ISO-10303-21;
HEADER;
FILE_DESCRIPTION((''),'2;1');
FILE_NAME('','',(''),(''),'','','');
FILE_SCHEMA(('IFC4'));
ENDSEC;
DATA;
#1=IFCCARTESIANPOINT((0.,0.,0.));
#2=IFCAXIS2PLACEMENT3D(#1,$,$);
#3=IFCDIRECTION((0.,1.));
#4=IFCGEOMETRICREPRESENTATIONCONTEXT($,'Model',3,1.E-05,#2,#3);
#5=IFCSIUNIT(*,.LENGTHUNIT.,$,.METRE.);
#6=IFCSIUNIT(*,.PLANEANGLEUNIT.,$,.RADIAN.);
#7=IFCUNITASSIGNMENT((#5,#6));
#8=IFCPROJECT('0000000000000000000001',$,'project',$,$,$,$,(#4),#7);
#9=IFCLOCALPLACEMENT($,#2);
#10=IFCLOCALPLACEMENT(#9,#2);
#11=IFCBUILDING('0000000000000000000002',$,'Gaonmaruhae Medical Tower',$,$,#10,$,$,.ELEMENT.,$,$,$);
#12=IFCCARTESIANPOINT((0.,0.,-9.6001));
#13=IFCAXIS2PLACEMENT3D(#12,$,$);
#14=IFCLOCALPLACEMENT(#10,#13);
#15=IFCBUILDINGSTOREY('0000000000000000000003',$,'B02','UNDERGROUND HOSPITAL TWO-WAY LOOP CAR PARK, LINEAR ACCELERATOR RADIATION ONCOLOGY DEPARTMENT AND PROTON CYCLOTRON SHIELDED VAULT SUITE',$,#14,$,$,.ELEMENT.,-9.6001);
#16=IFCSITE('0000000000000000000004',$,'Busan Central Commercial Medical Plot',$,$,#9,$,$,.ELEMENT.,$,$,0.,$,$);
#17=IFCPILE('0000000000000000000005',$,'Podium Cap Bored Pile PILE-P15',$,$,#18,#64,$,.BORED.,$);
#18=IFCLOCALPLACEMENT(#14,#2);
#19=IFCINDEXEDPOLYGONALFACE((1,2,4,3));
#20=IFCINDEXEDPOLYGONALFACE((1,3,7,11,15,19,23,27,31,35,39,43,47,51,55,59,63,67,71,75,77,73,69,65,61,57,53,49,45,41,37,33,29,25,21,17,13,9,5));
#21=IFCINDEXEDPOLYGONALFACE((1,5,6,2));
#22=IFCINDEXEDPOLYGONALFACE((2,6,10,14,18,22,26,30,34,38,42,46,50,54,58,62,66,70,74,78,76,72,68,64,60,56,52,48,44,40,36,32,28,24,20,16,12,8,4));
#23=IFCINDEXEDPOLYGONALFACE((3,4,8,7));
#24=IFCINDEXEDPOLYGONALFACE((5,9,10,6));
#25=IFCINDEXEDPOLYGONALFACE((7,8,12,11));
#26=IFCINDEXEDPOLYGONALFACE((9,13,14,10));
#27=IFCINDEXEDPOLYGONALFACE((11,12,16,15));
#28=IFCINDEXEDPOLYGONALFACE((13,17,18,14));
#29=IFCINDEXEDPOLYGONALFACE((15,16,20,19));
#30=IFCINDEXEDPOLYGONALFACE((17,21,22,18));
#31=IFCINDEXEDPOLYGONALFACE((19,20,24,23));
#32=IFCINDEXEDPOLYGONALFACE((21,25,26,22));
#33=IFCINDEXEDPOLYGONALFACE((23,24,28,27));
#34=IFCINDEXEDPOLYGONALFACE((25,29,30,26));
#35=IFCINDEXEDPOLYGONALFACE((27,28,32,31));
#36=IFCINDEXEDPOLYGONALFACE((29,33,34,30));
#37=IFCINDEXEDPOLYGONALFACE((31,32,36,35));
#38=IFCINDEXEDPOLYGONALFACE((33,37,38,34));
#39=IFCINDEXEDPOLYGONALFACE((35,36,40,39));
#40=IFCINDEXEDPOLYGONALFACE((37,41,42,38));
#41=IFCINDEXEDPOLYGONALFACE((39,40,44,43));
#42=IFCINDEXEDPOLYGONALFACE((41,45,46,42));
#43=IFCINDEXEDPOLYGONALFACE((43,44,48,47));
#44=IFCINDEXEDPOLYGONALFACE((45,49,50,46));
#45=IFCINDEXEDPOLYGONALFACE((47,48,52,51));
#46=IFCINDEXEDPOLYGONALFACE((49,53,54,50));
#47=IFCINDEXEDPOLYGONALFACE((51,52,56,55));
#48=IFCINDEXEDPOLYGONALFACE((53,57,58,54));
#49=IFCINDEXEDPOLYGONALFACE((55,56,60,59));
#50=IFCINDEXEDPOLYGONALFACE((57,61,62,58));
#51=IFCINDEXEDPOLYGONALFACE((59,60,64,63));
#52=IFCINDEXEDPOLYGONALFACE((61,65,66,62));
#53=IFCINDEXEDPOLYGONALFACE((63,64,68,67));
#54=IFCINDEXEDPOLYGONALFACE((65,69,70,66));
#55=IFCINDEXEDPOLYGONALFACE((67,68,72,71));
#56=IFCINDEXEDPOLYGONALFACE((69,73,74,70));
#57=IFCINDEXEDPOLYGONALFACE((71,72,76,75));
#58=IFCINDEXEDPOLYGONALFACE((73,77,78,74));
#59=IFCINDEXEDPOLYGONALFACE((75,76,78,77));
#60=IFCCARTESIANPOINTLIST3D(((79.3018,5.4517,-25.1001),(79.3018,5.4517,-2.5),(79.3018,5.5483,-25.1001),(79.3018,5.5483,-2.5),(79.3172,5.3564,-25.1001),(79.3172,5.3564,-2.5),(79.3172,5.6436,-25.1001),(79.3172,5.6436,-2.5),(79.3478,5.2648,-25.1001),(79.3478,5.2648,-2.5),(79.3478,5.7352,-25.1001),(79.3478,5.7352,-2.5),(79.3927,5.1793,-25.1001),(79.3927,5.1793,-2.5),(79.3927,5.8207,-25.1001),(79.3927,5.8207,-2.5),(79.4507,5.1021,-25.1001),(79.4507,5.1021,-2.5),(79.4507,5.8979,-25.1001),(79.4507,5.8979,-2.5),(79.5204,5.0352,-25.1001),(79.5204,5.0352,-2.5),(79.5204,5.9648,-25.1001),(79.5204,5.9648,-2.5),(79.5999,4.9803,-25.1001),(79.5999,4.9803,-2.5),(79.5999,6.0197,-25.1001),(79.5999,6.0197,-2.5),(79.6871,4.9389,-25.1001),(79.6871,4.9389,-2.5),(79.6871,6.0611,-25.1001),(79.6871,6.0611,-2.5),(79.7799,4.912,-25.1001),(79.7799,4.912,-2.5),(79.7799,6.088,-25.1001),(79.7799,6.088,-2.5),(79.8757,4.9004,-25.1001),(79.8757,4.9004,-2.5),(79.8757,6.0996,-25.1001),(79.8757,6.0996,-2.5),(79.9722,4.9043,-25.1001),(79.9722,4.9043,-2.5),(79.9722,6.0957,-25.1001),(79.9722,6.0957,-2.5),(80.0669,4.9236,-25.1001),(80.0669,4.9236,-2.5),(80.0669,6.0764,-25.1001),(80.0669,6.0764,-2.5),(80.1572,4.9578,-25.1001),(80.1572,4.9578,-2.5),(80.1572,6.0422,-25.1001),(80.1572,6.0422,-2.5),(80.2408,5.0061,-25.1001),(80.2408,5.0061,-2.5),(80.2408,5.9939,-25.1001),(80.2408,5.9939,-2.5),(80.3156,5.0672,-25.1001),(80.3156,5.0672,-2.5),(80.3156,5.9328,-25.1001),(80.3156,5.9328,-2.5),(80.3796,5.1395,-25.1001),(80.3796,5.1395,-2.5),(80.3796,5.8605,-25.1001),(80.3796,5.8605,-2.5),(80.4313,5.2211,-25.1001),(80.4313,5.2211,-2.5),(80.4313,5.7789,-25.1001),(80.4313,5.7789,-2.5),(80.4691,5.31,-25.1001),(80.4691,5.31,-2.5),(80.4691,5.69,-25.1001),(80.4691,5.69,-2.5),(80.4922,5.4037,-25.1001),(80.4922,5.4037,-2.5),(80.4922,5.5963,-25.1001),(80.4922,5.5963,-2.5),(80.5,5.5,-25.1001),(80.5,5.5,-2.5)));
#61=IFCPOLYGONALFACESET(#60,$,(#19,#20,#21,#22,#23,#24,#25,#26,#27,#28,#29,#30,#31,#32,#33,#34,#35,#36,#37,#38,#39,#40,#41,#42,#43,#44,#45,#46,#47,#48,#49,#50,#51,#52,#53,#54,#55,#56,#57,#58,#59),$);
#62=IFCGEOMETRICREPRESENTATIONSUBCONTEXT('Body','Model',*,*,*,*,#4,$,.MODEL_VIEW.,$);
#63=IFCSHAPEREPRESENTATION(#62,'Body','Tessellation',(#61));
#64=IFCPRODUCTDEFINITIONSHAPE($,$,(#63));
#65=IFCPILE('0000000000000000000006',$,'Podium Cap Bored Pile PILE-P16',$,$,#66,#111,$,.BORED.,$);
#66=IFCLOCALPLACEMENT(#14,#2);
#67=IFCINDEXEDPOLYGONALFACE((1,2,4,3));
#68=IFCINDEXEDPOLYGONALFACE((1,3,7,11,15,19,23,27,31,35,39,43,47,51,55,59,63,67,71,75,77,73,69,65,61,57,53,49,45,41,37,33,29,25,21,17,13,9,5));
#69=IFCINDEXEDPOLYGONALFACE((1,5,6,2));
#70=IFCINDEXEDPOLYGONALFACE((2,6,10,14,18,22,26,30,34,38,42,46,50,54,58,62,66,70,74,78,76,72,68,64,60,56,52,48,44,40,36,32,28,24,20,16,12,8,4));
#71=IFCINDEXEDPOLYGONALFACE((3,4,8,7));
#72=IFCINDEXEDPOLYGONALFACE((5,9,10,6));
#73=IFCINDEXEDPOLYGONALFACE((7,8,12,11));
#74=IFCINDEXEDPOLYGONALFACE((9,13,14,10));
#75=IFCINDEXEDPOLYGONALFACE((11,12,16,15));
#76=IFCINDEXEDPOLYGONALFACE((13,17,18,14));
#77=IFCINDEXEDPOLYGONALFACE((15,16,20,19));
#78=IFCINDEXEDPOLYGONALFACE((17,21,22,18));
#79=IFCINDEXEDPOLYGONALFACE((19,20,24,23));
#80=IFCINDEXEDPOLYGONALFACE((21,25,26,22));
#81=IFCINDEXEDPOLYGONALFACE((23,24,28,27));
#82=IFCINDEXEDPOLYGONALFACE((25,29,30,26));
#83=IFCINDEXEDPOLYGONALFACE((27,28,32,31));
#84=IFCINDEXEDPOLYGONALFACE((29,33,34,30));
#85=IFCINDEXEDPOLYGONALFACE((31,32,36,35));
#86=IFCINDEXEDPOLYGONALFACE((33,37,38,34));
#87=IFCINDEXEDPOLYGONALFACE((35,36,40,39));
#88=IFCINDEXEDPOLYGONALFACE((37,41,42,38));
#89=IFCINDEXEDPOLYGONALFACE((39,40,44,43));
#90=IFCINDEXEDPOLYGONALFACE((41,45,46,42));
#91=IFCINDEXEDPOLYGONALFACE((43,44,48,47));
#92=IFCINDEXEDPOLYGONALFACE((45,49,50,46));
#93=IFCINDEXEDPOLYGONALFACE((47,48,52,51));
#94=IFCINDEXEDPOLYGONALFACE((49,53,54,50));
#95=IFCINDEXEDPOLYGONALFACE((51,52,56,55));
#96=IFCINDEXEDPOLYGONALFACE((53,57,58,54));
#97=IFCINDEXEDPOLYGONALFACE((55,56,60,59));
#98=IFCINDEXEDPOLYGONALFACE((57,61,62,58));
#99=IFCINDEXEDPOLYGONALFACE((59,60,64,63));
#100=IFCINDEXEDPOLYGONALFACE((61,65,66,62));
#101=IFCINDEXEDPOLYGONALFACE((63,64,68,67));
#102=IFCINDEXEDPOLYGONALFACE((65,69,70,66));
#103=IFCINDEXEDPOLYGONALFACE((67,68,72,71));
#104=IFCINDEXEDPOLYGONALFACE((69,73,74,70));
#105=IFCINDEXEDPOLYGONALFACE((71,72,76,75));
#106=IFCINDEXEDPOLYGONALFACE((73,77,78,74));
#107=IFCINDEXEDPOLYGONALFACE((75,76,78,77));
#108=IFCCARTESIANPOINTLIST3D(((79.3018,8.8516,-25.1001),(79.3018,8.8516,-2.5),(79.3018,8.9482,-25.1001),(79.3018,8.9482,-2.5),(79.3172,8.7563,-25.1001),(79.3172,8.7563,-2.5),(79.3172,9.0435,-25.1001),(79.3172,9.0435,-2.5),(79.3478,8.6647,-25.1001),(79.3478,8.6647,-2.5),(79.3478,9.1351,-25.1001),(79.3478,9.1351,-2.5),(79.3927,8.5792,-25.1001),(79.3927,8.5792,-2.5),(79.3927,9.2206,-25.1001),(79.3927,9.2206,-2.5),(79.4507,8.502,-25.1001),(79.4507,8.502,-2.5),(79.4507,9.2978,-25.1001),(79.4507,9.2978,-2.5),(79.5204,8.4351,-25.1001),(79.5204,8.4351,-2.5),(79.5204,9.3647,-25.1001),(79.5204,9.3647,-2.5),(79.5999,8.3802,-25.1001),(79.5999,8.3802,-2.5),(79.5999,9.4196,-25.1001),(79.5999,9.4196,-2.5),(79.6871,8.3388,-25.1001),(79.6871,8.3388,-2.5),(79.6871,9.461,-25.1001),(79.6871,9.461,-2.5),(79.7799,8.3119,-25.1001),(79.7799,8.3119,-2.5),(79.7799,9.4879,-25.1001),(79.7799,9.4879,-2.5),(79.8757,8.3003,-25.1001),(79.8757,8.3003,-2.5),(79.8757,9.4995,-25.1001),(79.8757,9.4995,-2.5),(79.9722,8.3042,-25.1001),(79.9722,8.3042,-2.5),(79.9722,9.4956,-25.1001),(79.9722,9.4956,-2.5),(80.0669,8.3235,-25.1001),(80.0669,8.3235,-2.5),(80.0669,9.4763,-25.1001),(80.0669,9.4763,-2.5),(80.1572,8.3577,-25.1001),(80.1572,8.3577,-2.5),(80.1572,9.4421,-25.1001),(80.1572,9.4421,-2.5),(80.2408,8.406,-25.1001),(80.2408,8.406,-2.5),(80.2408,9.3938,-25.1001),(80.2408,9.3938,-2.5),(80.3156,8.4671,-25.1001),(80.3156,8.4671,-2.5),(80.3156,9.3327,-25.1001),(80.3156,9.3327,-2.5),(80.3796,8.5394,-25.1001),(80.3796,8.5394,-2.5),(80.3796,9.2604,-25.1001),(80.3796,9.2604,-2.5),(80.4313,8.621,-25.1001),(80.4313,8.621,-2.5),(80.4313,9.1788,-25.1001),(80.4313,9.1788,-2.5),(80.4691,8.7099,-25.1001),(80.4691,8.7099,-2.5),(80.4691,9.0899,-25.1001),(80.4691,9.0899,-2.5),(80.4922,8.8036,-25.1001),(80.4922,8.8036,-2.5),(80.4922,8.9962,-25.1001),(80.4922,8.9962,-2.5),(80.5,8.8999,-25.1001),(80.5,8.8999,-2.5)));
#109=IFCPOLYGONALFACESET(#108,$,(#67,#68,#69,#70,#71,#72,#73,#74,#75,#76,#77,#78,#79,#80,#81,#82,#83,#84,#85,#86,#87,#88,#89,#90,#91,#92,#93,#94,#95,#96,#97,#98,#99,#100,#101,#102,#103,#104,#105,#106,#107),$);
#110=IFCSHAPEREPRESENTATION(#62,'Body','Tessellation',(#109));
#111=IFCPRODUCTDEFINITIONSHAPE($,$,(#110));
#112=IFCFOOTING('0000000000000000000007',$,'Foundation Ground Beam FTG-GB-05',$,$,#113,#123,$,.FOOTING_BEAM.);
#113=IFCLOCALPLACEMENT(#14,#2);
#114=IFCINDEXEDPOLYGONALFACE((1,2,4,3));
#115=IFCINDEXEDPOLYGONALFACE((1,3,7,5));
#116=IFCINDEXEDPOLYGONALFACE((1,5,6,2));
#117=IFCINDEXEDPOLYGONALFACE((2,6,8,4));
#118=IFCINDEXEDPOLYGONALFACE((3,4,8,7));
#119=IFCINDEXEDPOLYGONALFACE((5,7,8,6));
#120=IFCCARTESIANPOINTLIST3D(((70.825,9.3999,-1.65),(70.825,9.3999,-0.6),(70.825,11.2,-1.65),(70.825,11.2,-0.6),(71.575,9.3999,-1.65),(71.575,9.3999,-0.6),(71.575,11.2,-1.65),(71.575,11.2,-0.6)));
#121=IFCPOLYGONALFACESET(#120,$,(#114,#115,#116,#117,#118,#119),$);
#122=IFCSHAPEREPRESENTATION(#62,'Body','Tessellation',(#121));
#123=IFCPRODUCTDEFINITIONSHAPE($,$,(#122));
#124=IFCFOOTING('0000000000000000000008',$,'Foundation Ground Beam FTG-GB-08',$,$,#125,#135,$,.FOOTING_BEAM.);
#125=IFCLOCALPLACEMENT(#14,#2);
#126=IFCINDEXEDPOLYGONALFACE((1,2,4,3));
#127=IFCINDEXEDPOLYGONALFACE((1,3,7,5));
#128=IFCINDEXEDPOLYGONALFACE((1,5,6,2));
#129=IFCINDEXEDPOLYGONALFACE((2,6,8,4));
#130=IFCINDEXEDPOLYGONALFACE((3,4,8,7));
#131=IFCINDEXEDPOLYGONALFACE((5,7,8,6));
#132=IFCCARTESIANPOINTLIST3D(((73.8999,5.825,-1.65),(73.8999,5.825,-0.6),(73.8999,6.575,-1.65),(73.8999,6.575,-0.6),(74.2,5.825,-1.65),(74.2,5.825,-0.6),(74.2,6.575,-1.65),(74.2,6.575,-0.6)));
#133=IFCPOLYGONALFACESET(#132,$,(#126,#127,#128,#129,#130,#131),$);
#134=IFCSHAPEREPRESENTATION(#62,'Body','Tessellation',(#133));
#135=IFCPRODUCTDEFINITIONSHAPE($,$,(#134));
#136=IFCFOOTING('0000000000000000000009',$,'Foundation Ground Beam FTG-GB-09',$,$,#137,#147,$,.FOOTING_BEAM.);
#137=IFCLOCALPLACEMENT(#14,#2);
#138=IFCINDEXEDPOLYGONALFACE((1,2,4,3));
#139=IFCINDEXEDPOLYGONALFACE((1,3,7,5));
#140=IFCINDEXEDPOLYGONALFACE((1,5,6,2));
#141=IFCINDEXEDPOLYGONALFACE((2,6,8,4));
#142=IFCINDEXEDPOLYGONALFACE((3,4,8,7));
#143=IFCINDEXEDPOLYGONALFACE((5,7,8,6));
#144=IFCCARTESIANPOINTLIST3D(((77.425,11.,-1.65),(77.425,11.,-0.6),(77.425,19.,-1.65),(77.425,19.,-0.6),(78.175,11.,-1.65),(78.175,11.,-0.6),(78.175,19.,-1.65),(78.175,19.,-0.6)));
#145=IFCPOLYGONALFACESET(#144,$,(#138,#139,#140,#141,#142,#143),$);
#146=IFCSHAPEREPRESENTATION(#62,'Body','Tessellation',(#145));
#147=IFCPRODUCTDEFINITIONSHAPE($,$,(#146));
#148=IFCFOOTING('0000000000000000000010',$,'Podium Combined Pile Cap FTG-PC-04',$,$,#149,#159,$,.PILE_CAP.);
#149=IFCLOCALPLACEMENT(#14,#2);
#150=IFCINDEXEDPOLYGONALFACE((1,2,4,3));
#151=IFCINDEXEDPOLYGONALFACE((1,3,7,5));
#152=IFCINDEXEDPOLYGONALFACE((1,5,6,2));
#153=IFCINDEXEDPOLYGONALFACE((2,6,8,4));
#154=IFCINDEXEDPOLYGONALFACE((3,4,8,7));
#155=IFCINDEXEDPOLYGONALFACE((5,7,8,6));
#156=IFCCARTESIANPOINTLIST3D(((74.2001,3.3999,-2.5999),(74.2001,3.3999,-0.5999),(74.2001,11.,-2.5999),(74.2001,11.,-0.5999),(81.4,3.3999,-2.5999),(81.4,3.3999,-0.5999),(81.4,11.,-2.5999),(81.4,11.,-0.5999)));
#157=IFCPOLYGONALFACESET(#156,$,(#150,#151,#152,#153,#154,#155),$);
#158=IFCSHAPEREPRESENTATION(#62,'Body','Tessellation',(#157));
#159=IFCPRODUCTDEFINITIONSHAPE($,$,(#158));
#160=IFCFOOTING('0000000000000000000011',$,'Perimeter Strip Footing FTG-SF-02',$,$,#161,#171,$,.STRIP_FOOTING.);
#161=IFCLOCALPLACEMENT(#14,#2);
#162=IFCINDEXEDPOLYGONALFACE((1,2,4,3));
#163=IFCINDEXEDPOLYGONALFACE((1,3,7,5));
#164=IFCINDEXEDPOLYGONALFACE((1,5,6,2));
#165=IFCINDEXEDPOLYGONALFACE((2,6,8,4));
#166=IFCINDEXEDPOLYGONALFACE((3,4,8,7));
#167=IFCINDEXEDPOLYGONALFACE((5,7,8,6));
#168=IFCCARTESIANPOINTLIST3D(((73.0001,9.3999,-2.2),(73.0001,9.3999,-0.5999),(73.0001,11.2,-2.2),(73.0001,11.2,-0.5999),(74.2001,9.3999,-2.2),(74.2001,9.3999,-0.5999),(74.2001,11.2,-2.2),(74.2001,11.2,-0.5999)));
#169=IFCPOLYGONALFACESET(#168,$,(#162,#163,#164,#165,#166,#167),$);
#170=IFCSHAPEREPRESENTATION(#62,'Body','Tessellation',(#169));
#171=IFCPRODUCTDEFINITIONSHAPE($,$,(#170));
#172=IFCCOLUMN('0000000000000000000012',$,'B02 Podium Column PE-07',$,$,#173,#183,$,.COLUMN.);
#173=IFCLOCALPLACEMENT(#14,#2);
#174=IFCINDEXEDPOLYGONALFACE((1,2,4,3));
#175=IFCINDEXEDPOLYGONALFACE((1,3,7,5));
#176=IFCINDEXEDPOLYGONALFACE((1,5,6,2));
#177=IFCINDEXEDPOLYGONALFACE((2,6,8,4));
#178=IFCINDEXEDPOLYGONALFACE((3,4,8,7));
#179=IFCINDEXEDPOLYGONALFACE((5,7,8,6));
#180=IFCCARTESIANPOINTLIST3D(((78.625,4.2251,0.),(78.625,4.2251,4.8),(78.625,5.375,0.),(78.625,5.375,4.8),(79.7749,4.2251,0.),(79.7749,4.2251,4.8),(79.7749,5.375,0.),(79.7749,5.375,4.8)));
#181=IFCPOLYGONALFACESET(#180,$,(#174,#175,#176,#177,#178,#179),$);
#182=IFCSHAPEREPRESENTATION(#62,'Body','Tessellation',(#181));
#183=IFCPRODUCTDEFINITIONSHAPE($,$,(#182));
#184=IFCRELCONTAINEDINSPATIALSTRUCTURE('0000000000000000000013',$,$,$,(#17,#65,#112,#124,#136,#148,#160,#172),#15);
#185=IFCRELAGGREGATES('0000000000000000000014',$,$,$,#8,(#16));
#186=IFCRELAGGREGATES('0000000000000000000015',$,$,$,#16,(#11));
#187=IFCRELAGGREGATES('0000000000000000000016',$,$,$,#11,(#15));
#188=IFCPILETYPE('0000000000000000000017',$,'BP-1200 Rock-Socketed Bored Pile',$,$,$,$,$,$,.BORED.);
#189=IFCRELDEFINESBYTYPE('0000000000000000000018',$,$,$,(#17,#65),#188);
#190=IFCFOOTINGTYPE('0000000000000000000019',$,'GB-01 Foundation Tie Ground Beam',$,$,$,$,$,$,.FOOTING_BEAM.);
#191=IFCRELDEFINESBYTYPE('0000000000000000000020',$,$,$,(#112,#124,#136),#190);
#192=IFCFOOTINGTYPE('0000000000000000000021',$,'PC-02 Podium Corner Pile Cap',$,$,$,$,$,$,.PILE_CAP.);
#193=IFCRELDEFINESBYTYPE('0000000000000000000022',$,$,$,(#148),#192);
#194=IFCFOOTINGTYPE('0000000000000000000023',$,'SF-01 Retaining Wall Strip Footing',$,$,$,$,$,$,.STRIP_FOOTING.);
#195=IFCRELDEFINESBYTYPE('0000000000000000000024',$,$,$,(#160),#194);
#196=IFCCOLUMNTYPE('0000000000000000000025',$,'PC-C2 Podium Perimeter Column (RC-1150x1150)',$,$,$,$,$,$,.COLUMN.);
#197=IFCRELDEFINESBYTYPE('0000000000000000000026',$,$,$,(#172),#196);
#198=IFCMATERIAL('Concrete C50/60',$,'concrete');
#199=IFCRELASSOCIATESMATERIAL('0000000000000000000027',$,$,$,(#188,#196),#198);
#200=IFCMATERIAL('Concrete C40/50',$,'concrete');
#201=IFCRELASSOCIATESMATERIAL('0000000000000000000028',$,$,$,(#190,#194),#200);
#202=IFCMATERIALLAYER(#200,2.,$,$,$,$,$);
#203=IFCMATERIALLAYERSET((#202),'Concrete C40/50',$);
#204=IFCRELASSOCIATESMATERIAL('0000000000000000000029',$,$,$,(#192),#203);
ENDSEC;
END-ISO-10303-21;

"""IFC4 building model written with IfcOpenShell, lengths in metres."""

from ifc_helpers import new_model, si_unit, direction, frame, origin, origin_2d, place, context, subcontext, project, spatial, rectangle, circle, extrude, material, layer, layer_set, material_profile, profile_set, type_object, element, save


model = new_model("IFC4")

# Units and contexts
model_context = context("Model", 3, precision=1e-05, world=origin(), true_north=direction((0.0, 1.0)))
body_context = subcontext(model_context, "Body", "Model", "MODEL_VIEW")
ifc_project = project(units=[si_unit("LENGTHUNIT", "METRE"), si_unit("PLANEANGLEUNIT", "RADIAN")], contexts=[model_context])

# Site, building, storey
site_placement = place(None, origin())
site = spatial("IfcSite", under=ifc_project, at=site_placement, Name="Busan Central Commercial Medical Plot", CompositionType="ELEMENT", RefElevation=0.0)
building_placement = place(site_placement, origin())
building = spatial("IfcBuilding", under=site, at=building_placement, Name="Gaonmaruhae Medical Tower", CompositionType="ELEMENT")
storey_placement = place(building_placement, frame((0.0, 0.0, -9.6001)))
storey = spatial("IfcBuildingStorey", under=building, at=storey_placement, Name="B02", Description="UNDERGROUND HOSPITAL TWO-WAY LOOP CAR PARK, LINEAR ACCELERATOR RADIATION ONCOLOGY DEPARTMENT AND PROTON CYCLOTRON SHIELDED VAULT SUITE", CompositionType="ELEMENT", Elevation=-9.6001)

# Piles
ifc_material_1 = material(Name="Concrete C50/60", Category="concrete")
ifc_material_profile_1 = material_profile(ifc_material_1, circle(Radius=0.6001, at=origin_2d()), Name="PILE-D1200")
ifc_profile_set_1 = profile_set([ifc_material_profile_1], Name="Concrete C50/60")
pile_type = type_object("IfcPileType", Name="BP-1200 Rock-Socketed Bored Pile", PredefinedType="BORED", material=ifc_profile_set_1)
for number, where, z_axis, x_axis, name in (
    (1, (79.8999, 5.5, -2.5), (0.0, 0.0, -1.0), (1.0, 0.0, 0.0), "Podium Cap Bored Pile PILE-P15"),
    (2, (79.8999, 8.8999, -2.5), (0.0, 0.0, -1.0), (1.0, 0.0, 0.0), "Podium Cap Bored Pile PILE-P16"),
):
    element("IfcPile", number, at=place(storey_placement, frame(where, z_axis=z_axis, x_axis=x_axis)), inside=storey, type_object=pile_type, Name=name, PredefinedType="BORED", context=body_context, shape_type="SweptSolid", body=[
        extrude(circle(Radius=0.6001, at=origin_2d()), origin(), (0.0, 0.0, 1.0), 22.6001),
    ])

# Footings
ifc_material_2 = material(Name="Concrete C40/50", Category="concrete")
ifc_material_profile_2 = material_profile(ifc_material_2, rectangle(XDim=0.75, YDim=1.05, at=origin_2d()), Name="RCG-750x1050")
ifc_profile_set_2 = profile_set([ifc_material_profile_2], Name="Concrete C40/50")
footing_type_1 = type_object("IfcFootingType", Name="GB-01 Foundation Tie Ground Beam", PredefinedType="FOOTING_BEAM", material=ifc_profile_set_2)
footing_1_placement = place(storey_placement, frame((71.2, 9.3999, -1.125), z_axis=(0.0, 1.0, 0.0), x_axis=(-1.0, 0.0, 0.0)))
element("IfcFooting", 3, at=footing_1_placement, inside=storey, type_object=footing_type_1, Name="Foundation Ground Beam FTG-GB-05", PredefinedType="FOOTING_BEAM", context=body_context, shape_type="SweptSolid", body=[
    extrude(rectangle(XDim=0.75, YDim=1.05, at=origin_2d()), origin(), (0.0, 0.0, 1.0), 1.8),
])
footing_2_placement = place(storey_placement, frame((73.8999, 6.2, -1.125), z_axis=(1.0, 0.0, 0.0), x_axis=(0.0, 1.0, 0.0)))
element("IfcFooting", 4, at=footing_2_placement, inside=storey, type_object=footing_type_1, Name="Foundation Ground Beam FTG-GB-08", PredefinedType="FOOTING_BEAM", context=body_context, shape_type="SweptSolid", body=[
    extrude(rectangle(XDim=0.75, YDim=1.05, at=origin_2d()), origin(), (0.0, 0.0, 1.0), 0.3),
])
footing_3_placement = place(storey_placement, frame((77.8, 11.0, -1.125), z_axis=(0.0, 1.0, 0.0), x_axis=(-1.0, 0.0, 0.0)))
element("IfcFooting", 5, at=footing_3_placement, inside=storey, type_object=footing_type_1, Name="Foundation Ground Beam FTG-GB-09", PredefinedType="FOOTING_BEAM", context=body_context, shape_type="SweptSolid", body=[
    extrude(rectangle(XDim=0.75, YDim=1.05, at=origin_2d()), origin(), (0.0, 0.0, 1.0), 8.0),
])
ifc_layer_1 = layer(ifc_material_2, 2.0)
ifc_layer_set_1 = layer_set([ifc_layer_1], Name="Concrete C40/50")
footing_type_2 = type_object("IfcFootingType", Name="PC-02 Podium Corner Pile Cap", PredefinedType="PILE_CAP", material=ifc_layer_set_1)
footing_4_placement = place(storey_placement, frame((77.8, 7.2, -2.5999), z_axis=(0.0, 0.0, 1.0), x_axis=(1.0, 0.0, 0.0)))
element("IfcFooting", 6, at=footing_4_placement, inside=storey, type_object=footing_type_2, Name="Podium Combined Pile Cap FTG-PC-04", PredefinedType="PILE_CAP", context=body_context, shape_type="SweptSolid", body=[
    extrude(rectangle(XDim=7.2, YDim=7.6001, at=origin_2d()), origin(), (0.0, 0.0, 1.0), 2.0),
])
ifc_material_profile_3 = material_profile(ifc_material_2, rectangle(XDim=1.2, YDim=1.6001, at=origin_2d()), Name="TG-1200x1600")
ifc_profile_set_3 = profile_set([ifc_material_profile_3], Name="Concrete C40/50")
footing_type_3 = type_object("IfcFootingType", Name="SF-01 Retaining Wall Strip Footing", PredefinedType="STRIP_FOOTING", material=ifc_profile_set_3)
footing_5_placement = place(storey_placement, frame((73.6001, 9.3999, -1.3999), z_axis=(0.0, 1.0, 0.0), x_axis=(-1.0, 0.0, 0.0)))
element("IfcFooting", 7, at=footing_5_placement, inside=storey, type_object=footing_type_3, Name="Perimeter Strip Footing FTG-SF-02", PredefinedType="STRIP_FOOTING", context=body_context, shape_type="SweptSolid", body=[
    extrude(rectangle(XDim=1.2, YDim=1.6001, at=origin_2d()), origin(), (0.0, 0.0, 1.0), 1.8),
])

# Column
ifc_material_profile_4 = material_profile(ifc_material_1, rectangle(XDim=1.1499, YDim=1.1499, at=origin_2d()), Name="RC-1150x1150")
ifc_profile_set_4 = profile_set([ifc_material_profile_4], Name="Concrete C50/60")
column_type_1 = type_object("IfcColumnType", Name="PC-C2 Podium Perimeter Column (RC-1150x1150)", PredefinedType="COLUMN", material=ifc_profile_set_4)
column_1_placement = place(storey_placement, frame((79.2, 4.8, 0.0), z_axis=(0.0, 0.0, 1.0), x_axis=(1.0, 0.0, 0.0)))
element("IfcColumn", 8, at=column_1_placement, inside=storey, type_object=column_type_1, Name="B02 Podium Column PE-07", PredefinedType="COLUMN", context=body_context, shape_type="SweptSolid", body=[
    extrude(rectangle(XDim=1.1499, YDim=1.1499, at=origin_2d()), origin(), (0.0, 0.0, 1.0), 4.8),
])

save(model, "model.ifc")
